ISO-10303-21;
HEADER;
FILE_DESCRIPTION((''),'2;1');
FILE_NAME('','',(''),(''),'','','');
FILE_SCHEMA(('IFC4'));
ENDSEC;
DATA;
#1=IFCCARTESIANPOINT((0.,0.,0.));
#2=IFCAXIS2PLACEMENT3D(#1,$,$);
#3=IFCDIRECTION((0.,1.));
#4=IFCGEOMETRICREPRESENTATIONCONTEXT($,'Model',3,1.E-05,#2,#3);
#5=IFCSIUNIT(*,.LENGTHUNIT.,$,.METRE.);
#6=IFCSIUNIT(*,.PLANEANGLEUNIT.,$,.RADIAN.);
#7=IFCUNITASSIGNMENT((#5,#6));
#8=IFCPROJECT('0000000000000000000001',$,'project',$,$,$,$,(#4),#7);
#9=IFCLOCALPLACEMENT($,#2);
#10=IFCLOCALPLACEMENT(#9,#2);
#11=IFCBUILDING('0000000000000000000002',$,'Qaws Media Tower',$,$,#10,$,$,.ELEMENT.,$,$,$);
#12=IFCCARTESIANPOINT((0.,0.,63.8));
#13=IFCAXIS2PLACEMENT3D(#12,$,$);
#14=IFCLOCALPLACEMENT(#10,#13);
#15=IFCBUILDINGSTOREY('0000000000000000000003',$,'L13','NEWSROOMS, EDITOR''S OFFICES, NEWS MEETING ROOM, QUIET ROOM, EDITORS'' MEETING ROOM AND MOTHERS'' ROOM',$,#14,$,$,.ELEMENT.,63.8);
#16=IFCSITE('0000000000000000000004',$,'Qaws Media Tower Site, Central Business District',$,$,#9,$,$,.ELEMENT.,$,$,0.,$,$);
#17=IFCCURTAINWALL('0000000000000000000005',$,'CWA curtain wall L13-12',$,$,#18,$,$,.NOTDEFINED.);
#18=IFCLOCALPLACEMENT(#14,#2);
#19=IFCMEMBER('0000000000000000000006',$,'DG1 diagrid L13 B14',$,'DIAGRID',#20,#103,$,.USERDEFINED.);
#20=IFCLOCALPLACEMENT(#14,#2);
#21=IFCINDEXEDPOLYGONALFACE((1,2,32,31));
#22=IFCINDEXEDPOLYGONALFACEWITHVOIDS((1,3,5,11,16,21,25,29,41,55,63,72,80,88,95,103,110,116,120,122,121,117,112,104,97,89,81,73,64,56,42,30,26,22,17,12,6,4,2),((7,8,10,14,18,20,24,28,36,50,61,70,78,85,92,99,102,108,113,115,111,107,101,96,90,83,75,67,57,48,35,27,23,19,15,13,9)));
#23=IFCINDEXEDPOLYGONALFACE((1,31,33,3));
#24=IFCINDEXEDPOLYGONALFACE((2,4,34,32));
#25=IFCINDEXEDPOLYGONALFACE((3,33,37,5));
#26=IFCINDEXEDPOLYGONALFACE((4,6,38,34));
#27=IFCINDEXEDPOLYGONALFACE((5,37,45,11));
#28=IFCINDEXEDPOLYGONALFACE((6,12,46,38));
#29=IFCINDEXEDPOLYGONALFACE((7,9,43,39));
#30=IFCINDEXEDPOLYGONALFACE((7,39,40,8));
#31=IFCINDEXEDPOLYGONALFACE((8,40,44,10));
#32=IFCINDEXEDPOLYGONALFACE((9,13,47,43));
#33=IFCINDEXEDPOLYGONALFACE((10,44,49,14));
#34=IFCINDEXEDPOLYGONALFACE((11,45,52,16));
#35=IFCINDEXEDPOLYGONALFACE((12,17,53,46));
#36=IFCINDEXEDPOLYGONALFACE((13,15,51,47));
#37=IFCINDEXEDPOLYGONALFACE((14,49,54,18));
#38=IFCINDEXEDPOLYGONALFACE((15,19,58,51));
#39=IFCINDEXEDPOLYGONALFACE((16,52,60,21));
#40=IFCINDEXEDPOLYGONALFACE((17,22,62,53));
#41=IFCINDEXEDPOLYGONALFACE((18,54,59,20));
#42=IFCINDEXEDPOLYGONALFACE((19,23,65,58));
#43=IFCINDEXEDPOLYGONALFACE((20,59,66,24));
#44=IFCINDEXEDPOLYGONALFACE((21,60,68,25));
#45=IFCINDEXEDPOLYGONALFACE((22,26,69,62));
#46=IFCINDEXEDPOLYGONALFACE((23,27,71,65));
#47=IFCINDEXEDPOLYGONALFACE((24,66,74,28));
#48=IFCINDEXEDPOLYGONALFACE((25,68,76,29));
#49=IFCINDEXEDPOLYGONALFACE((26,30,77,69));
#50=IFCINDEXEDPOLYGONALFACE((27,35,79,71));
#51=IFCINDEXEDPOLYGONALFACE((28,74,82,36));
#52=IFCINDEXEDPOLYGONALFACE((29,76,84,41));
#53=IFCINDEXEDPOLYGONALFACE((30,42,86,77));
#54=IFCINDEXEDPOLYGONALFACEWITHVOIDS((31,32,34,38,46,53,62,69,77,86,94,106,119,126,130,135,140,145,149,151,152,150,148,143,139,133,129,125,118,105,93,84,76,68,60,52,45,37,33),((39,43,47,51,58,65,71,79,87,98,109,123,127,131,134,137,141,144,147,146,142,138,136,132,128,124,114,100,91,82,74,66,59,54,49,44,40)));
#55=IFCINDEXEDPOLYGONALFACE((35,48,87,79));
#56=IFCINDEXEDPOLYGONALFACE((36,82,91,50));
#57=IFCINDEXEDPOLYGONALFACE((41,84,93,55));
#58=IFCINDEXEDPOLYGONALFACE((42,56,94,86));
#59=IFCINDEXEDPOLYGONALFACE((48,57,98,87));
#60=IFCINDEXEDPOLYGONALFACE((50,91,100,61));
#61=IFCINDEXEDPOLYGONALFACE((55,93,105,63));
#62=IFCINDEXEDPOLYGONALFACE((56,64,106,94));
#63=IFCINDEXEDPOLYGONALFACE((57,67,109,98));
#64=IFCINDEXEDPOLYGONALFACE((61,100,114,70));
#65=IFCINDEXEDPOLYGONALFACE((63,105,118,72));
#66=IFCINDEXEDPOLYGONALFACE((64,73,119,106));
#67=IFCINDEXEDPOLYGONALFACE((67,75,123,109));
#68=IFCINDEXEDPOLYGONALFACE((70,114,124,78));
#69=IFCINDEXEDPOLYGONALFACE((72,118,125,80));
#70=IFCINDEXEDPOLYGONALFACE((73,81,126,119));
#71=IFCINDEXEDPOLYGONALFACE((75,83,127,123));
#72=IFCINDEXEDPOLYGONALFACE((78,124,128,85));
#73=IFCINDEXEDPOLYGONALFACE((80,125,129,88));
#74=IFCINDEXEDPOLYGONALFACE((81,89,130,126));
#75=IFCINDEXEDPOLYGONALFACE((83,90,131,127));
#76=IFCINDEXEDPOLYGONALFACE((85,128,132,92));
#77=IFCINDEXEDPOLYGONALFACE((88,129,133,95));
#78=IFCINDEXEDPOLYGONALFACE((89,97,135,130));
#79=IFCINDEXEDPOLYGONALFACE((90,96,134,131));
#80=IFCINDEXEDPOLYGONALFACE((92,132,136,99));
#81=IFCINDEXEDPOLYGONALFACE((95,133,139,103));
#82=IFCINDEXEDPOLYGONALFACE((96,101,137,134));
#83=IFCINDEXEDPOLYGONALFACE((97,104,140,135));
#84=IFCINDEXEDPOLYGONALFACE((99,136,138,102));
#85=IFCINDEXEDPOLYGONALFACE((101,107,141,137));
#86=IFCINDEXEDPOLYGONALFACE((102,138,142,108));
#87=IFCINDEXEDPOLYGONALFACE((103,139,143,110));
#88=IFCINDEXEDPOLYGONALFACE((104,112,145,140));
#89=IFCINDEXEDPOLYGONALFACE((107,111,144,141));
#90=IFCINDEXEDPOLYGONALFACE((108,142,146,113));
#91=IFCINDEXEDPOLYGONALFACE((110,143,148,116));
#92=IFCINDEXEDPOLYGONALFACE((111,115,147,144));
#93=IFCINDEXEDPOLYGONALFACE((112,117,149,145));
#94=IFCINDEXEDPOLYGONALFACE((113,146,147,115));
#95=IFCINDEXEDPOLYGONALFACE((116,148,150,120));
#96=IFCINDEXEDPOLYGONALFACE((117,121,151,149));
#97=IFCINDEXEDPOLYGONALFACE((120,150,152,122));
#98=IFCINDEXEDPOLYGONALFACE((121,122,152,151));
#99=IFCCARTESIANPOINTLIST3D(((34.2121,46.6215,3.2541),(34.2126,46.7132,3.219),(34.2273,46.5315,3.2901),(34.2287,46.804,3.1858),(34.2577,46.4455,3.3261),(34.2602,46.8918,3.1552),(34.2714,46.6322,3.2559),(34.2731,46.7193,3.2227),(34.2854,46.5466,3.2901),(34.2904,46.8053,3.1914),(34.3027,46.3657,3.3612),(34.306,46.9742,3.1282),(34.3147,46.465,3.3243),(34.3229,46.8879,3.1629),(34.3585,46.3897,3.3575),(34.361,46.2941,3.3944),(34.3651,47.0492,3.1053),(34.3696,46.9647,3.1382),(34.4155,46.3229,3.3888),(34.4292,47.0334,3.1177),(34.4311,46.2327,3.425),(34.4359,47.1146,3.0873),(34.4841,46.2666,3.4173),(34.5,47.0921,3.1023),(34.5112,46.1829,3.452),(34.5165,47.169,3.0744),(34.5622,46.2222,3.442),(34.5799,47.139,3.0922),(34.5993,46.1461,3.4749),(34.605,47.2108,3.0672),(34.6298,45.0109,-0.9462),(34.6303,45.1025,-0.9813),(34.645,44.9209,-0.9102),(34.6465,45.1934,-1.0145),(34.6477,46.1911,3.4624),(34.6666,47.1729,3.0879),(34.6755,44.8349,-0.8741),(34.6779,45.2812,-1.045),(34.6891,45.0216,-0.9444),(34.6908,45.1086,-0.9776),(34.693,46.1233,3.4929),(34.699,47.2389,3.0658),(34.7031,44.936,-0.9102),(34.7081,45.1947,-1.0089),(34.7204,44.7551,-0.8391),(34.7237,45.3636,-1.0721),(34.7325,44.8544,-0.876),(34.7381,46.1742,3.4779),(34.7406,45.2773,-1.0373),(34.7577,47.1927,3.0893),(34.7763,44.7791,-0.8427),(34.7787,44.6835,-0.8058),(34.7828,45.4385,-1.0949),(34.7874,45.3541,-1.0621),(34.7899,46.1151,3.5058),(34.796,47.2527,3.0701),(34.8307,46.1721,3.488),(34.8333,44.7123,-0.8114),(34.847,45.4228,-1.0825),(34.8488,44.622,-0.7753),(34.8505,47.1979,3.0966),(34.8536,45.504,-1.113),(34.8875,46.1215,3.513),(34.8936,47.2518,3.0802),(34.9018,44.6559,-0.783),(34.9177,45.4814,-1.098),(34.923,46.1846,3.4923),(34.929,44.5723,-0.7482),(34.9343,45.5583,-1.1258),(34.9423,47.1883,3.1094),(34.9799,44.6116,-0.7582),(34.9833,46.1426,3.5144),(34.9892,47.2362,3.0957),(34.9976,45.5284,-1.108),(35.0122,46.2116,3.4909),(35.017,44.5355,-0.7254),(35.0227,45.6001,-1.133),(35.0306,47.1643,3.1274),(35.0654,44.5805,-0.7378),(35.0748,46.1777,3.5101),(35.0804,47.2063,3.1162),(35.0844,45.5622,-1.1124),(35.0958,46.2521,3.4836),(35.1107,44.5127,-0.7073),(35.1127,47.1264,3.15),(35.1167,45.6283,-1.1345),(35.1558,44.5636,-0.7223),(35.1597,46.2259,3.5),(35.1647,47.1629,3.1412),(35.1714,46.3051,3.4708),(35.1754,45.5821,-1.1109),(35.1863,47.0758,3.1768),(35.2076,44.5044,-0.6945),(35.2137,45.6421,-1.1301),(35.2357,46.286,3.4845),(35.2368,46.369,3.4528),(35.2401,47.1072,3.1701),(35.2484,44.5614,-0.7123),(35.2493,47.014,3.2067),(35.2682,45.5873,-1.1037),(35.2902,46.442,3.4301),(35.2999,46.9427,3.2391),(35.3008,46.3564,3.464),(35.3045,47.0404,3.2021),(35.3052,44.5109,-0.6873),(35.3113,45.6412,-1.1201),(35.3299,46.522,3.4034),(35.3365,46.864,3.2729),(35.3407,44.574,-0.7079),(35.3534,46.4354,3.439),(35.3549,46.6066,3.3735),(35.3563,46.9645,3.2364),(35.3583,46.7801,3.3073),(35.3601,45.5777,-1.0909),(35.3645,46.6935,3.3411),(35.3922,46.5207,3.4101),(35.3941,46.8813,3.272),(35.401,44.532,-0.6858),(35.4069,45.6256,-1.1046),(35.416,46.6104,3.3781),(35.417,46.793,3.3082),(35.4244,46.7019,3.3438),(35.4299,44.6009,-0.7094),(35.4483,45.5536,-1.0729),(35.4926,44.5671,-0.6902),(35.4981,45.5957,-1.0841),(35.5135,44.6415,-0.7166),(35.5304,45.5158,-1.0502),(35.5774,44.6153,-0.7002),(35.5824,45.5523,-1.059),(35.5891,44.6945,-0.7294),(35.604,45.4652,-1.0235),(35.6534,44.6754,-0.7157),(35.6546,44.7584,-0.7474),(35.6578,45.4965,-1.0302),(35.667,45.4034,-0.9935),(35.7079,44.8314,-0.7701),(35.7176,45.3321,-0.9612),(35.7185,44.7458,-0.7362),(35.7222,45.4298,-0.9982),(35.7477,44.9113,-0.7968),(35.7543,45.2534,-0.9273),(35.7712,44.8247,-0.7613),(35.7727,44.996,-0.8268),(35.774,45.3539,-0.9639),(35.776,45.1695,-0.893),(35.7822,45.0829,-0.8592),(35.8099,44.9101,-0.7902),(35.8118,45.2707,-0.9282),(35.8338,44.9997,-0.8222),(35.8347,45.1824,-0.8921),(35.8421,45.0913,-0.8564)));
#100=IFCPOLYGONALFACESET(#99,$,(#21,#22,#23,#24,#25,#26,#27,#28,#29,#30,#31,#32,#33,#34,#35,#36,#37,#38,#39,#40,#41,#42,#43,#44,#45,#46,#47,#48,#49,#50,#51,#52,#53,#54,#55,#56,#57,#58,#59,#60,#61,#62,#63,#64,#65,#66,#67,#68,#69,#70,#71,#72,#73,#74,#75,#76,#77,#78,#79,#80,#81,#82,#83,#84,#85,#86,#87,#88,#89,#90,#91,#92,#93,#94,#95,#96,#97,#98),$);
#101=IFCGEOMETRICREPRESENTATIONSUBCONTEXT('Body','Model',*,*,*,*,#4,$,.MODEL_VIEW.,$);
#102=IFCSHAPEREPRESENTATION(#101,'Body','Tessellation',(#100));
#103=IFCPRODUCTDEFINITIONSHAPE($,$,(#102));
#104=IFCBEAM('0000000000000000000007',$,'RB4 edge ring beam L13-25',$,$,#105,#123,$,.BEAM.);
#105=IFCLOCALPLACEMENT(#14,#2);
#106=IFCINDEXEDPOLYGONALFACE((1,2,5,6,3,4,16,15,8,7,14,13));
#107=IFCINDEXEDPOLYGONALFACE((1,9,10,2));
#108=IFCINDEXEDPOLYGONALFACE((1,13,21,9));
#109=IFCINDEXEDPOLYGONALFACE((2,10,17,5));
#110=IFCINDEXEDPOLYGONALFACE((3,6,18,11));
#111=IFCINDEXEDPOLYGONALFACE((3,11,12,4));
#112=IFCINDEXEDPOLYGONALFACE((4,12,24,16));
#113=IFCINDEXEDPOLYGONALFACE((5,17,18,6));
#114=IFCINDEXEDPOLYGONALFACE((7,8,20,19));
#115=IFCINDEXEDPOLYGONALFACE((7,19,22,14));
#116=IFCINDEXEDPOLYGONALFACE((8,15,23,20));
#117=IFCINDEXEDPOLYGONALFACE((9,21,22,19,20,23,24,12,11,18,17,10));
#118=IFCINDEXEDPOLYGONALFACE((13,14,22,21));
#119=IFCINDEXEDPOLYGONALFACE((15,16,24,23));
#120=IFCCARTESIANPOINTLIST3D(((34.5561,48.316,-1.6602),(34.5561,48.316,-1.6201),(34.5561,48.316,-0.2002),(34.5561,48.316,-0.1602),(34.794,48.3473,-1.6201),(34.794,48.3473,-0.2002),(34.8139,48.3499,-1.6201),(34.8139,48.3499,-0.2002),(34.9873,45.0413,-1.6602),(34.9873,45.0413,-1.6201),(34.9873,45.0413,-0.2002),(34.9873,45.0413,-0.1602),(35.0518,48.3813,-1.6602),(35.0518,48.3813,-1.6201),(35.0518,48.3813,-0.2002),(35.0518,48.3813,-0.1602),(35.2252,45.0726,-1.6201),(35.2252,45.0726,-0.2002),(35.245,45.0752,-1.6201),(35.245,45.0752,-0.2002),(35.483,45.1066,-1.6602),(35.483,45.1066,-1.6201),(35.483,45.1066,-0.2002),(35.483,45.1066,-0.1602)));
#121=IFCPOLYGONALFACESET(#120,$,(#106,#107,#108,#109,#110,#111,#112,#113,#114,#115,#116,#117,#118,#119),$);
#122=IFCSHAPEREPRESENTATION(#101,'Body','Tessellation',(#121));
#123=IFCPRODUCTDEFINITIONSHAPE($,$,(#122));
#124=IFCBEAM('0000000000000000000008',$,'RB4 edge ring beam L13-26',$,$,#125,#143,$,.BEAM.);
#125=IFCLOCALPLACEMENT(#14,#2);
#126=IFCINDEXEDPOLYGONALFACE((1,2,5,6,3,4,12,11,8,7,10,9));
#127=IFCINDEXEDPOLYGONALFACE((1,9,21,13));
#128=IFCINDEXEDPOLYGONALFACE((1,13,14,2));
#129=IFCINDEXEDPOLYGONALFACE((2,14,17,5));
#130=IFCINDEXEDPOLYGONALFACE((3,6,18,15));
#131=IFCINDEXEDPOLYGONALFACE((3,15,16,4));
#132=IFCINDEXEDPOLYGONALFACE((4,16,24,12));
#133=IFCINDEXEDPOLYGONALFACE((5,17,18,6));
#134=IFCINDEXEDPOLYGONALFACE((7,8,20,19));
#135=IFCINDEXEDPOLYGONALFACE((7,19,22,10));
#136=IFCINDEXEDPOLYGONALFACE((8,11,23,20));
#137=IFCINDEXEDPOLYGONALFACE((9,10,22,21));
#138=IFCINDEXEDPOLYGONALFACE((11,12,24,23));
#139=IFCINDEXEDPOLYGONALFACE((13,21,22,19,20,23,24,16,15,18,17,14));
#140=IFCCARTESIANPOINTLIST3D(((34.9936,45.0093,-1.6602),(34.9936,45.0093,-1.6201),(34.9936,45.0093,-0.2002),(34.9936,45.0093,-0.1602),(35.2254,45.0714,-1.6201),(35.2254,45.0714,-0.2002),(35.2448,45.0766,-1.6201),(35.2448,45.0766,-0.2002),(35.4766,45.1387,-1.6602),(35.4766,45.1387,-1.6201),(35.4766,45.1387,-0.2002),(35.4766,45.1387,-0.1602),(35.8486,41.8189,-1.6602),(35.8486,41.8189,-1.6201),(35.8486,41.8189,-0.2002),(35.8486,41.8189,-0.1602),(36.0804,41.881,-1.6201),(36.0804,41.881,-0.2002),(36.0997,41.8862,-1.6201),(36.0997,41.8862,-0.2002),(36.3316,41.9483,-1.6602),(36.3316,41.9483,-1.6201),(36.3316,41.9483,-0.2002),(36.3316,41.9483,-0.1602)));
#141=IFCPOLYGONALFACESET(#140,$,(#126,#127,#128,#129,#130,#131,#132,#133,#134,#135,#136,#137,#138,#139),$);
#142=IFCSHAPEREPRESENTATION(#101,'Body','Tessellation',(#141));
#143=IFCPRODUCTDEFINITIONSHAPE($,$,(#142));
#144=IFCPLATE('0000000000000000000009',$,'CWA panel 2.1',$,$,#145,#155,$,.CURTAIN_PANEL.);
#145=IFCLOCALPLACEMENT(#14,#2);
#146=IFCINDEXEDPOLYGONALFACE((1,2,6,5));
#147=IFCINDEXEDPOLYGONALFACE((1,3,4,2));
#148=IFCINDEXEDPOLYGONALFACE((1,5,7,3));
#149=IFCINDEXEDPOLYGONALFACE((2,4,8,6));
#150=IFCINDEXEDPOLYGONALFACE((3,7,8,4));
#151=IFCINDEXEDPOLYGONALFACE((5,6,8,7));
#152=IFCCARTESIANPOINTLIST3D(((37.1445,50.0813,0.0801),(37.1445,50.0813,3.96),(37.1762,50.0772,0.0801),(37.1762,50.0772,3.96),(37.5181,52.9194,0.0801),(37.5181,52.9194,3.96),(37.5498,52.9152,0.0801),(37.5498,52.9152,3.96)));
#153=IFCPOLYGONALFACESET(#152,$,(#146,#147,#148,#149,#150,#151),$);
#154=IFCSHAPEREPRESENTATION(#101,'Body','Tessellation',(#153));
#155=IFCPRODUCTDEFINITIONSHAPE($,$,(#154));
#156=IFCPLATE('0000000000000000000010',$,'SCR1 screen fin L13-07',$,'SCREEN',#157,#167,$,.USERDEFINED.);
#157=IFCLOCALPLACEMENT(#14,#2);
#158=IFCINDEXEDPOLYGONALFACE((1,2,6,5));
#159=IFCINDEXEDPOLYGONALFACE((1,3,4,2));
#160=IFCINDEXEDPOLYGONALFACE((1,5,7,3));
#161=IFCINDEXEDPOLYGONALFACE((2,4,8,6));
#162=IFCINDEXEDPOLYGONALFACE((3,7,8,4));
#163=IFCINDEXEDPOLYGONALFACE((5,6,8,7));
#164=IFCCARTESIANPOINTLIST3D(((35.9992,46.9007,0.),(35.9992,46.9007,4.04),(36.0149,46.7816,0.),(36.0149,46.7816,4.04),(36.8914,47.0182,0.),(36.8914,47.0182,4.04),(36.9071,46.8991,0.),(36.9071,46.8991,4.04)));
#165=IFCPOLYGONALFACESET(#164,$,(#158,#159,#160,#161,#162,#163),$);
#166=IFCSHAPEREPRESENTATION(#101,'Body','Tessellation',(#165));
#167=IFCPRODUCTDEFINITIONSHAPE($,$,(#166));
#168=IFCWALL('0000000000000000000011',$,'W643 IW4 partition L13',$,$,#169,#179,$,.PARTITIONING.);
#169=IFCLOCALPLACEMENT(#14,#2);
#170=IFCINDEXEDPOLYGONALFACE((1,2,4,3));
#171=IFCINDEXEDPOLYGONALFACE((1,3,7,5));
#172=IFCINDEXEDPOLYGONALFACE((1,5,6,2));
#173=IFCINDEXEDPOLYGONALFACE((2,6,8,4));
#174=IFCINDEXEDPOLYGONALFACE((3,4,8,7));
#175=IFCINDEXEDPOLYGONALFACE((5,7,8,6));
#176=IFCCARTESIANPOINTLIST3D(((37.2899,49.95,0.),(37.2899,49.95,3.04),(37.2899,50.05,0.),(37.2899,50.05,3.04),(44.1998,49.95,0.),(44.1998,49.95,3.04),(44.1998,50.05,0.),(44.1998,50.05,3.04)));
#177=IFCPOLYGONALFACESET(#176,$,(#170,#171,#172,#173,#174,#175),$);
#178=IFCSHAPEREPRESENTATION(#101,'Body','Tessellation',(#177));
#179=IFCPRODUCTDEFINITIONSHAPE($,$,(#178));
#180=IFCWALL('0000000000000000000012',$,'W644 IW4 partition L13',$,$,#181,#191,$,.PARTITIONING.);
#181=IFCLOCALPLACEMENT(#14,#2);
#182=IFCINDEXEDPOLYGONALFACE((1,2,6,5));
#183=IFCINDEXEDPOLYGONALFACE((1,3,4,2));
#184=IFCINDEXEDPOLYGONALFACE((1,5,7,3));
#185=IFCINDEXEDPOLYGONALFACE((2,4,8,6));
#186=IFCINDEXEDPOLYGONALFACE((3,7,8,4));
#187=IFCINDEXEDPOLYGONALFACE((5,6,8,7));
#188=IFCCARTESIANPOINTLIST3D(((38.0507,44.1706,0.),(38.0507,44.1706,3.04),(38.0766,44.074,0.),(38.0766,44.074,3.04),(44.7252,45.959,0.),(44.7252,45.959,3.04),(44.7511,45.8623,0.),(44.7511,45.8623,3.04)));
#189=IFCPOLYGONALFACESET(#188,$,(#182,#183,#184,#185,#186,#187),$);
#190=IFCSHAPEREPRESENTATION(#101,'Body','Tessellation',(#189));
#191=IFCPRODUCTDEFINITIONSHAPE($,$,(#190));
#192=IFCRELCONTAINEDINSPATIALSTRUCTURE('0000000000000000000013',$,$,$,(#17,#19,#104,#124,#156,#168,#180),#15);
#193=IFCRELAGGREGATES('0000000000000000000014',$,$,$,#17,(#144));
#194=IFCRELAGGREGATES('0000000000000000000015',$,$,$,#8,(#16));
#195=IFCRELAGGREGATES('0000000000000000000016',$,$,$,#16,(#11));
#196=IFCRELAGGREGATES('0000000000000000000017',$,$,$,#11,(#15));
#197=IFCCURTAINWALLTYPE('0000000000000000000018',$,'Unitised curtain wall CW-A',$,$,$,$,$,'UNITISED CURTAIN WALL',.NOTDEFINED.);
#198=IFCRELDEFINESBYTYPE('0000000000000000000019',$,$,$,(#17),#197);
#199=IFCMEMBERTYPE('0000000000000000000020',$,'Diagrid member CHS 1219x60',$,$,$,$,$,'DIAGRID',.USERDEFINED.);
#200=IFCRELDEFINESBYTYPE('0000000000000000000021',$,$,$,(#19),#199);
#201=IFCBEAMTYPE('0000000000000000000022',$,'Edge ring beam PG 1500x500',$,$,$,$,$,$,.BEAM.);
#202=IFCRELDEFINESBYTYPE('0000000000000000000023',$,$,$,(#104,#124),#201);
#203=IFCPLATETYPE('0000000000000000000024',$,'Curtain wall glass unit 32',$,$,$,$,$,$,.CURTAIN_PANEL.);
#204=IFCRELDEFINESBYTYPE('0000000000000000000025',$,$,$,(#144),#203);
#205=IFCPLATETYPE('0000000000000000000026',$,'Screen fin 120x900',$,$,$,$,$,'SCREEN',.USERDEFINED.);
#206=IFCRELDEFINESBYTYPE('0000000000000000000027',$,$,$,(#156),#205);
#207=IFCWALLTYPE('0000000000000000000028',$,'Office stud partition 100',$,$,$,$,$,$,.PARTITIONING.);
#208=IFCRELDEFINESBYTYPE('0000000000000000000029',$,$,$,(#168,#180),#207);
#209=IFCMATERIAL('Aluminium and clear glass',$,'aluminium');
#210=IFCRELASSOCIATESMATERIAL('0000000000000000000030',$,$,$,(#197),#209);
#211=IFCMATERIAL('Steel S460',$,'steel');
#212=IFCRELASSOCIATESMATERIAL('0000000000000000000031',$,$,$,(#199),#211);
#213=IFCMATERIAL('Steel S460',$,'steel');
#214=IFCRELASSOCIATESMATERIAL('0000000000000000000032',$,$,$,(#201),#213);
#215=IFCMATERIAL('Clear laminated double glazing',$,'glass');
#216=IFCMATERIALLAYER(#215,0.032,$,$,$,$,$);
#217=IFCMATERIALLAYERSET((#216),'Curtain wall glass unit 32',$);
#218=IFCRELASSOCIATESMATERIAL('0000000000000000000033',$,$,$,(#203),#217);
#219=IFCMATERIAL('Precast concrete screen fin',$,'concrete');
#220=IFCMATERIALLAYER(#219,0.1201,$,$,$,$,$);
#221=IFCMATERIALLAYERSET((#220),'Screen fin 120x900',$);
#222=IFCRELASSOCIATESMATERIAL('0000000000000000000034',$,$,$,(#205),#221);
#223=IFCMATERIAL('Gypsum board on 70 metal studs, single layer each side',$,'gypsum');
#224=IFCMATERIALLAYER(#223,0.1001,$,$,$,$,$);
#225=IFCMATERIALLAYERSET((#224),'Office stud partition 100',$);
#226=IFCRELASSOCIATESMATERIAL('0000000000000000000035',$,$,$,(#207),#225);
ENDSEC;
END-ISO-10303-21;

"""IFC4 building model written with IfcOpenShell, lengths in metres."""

from ifc_helpers import new_model, si_unit, direction, frame, frame_2d, origin, origin_2d, place, context, subcontext, project, spatial, rectangle, hollow_circle, i_section, extrude, material, layer, layer_set, material_profile, profile_set, type_object, element, aggregate, save


model = new_model("IFC4")

# Units and contexts
model_context = context("Model", 3, precision=1e-05, world=origin(), true_north=direction((0.0, 1.0)))
body_context = subcontext(model_context, "Body", "Model", "MODEL_VIEW")
ifc_project = project(units=[si_unit("LENGTHUNIT", "METRE"), si_unit("PLANEANGLEUNIT", "RADIAN")], contexts=[model_context])

# Site, building, storey
site_placement = place(None, origin())
site = spatial("IfcSite", under=ifc_project, at=site_placement, Name="Qaws Media Tower Site, Central Business District", CompositionType="ELEMENT", RefElevation=0.0)
building_placement = place(site_placement, origin())
building = spatial("IfcBuilding", under=site, at=building_placement, Name="Qaws Media Tower", CompositionType="ELEMENT")
storey_placement = place(building_placement, frame((0.0, 0.0, 63.8)))
storey = spatial("IfcBuildingStorey", under=building, at=storey_placement, Name="L13", Description="NEWSROOMS, EDITOR'S OFFICES, NEWS MEETING ROOM, QUIET ROOM, EDITORS' MEETING ROOM AND MOTHERS' ROOM", CompositionType="ELEMENT", Elevation=63.8)

# Curtain wall
ifc_material_1 = material(Name="Aluminium and clear glass", Category="aluminium")
curtain_wall_type = type_object("IfcCurtainWallType", Name="Unitised curtain wall CW-A", ElementType="UNITISED CURTAIN WALL", PredefinedType="NOTDEFINED", material=ifc_material_1)
curtain_wall_1_placement = place(storey_placement, origin())
curtain_wall_1 = element("IfcCurtainWall", 1, at=curtain_wall_1_placement, inside=storey, type_object=curtain_wall_type, Name="CWA curtain wall L13-12", PredefinedType="NOTDEFINED")

# Member
ifc_material_2 = material(Name="Steel S460", Category="steel")
ifc_material_profile_1 = material_profile(ifc_material_2, hollow_circle(Radius=0.6096, WallThickness=0.0601, at=origin_2d()), Name="CHS 1219x60")
ifc_profile_set_1 = profile_set([ifc_material_profile_1], Name="Steel S460")
member_type_1 = type_object("IfcMemberType", Name="Diagrid member CHS 1219x60", ElementType="DIAGRID", PredefinedType="USERDEFINED", material=ifc_profile_set_1)
for number, where, z_axis, x_axis, name in (
    (2, (35.2351, 45.074, -0.9102), (-0.092463, 0.356503, 0.929708), (-0.967973, -0.251054, 0.0), "DG1 diagrid L13 B14"),
):
    element("IfcMember", number, at=place(storey_placement, frame(where, z_axis=z_axis, x_axis=x_axis)), inside=storey, type_object=member_type_1, Name=name, ObjectType="DIAGRID", PredefinedType="USERDEFINED", context=body_context, shape_type="SweptSolid", body=[
        extrude(hollow_circle(Radius=0.6096, WallThickness=0.0601, at=origin_2d()), origin(), (0.0, 0.0, 1.0), 4.5178),
    ])

# Beams
ifc_material_3 = material(Name="Steel S460", Category="steel")
ifc_material_profile_2 = material_profile(ifc_material_3, i_section(OverallWidth=0.5, OverallDepth=1.5, WebThickness=0.02, FlangeThickness=0.04, at=origin_2d()), Name="PG 1500x500")
ifc_profile_set_2 = profile_set([ifc_material_profile_2], Name="Steel S460")
beam_type = type_object("IfcBeamType", Name="Edge ring beam PG 1500x500", PredefinedType="BEAM", material=ifc_profile_set_2)
for number, where, z_axis, x_axis, name in (
    (3, (34.804, 48.3486, -0.9102), (0.130537, -0.991443, 0.0), (0.991443, 0.130537, 0.0), "RB4 edge ring beam L13-25"),
    (4, (35.2351, 45.074, -0.9102), (0.258849, -0.965918, 0.0), (0.965918, 0.258849, 0.0), "RB4 edge ring beam L13-26"),
):
    element("IfcBeam", number, at=place(storey_placement, frame(where, z_axis=z_axis, x_axis=x_axis)), inside=storey, type_object=beam_type, Name=name, PredefinedType="BEAM", context=body_context, shape_type="SweptSolid", body=[
        extrude(i_section(OverallWidth=0.5, OverallDepth=1.5, WebThickness=0.02, FlangeThickness=0.04, at=origin_2d()), origin(), (0.0, 0.0, 1.0), 3.303),
    ])

# Plates
ifc_material_4 = material(Name="Clear laminated double glazing", Category="glass")
ifc_layer_1 = layer(ifc_material_4, 0.032)
ifc_layer_set_1 = layer_set([ifc_layer_1], Name="Curtain wall glass unit 32")
plate_type_1 = type_object("IfcPlateType", Name="Curtain wall glass unit 32", PredefinedType="CURTAIN_PANEL", material=ifc_layer_set_1)
plate_1_placement = place(storey_placement, frame((37.3472, 51.4983, 0.0801), z_axis=(0.0, 0.0, 1.0), x_axis=(-0.130526, -0.991445, 0.0)))
plate_1 = element("IfcPlate", 5, at=plate_1_placement, type_object=plate_type_1, Name="CWA panel 2.1", PredefinedType="CURTAIN_PANEL", context=body_context, shape_type="SweptSolid", body=[
    extrude(rectangle(XDim=2.8625, YDim=0.032, at=origin_2d()), origin(), (0.0, 0.0, 1.0), 3.8799),
])
aggregate(curtain_wall_1, [plate_1])
ifc_material_5 = material(Name="Precast concrete screen fin", Category="concrete")
ifc_layer_2 = layer(ifc_material_5, 0.1201)
ifc_layer_set_2 = layer_set([ifc_layer_2], Name="Screen fin 120x900")
plate_type_2 = type_object("IfcPlateType", Name="Screen fin 120x900", ElementType="SCREEN", PredefinedType="USERDEFINED", material=ifc_layer_set_2)
plate_2_placement = place(storey_placement, frame((36.4531, 46.8999, 0.0), z_axis=(0.0, 0.0, 1.0), x_axis=(-0.991445, -0.130526, 0.0)))
element("IfcPlate", 6, at=plate_2_placement, inside=storey, type_object=plate_type_2, Name="SCR1 screen fin L13-07", ObjectType="SCREEN", PredefinedType="USERDEFINED", context=body_context, shape_type="SweptSolid", body=[
    extrude(rectangle(XDim=0.8999, YDim=0.1201, at=origin_2d()), origin(), (0.0, 0.0, 1.0), 4.04),
])

# Walls
ifc_material_6 = material(Name="Gypsum board on 70 metal studs, single layer each side", Category="gypsum")
ifc_layer_3 = layer(ifc_material_6, 0.1001)
ifc_layer_set_3 = layer_set([ifc_layer_3], Name="Office stud partition 100")
wall_type_1 = type_object("IfcWallType", Name="Office stud partition 100", PredefinedType="PARTITIONING", material=ifc_layer_set_3)
for number, where, z_axis, x_axis, name in (
    (7, (44.2, 50.0, 0.0), (0.0, 0.0, 1.0), (-1.0, 0.0, 0.0), "W643 IW4 partition L13"),
    (8, (44.7383, 45.9106, 0.0), (0.0, 0.0, 1.0), (-0.96593, -0.258804, 0.0), "W644 IW4 partition L13"),
):
    element("IfcWall", number, at=place(storey_placement, frame(where, z_axis=z_axis, x_axis=x_axis)), inside=storey, type_object=wall_type_1, Name=name, PredefinedType="PARTITIONING", context=body_context, shape_type="SweptSolid", body=[
        extrude(rectangle(XDim=6.9099, YDim=0.1001, at=frame_2d((3.4551, 0.0))), origin(), (0.0, 0.0, 1.0), 3.04),
    ])

save(model, "model.ifc")
